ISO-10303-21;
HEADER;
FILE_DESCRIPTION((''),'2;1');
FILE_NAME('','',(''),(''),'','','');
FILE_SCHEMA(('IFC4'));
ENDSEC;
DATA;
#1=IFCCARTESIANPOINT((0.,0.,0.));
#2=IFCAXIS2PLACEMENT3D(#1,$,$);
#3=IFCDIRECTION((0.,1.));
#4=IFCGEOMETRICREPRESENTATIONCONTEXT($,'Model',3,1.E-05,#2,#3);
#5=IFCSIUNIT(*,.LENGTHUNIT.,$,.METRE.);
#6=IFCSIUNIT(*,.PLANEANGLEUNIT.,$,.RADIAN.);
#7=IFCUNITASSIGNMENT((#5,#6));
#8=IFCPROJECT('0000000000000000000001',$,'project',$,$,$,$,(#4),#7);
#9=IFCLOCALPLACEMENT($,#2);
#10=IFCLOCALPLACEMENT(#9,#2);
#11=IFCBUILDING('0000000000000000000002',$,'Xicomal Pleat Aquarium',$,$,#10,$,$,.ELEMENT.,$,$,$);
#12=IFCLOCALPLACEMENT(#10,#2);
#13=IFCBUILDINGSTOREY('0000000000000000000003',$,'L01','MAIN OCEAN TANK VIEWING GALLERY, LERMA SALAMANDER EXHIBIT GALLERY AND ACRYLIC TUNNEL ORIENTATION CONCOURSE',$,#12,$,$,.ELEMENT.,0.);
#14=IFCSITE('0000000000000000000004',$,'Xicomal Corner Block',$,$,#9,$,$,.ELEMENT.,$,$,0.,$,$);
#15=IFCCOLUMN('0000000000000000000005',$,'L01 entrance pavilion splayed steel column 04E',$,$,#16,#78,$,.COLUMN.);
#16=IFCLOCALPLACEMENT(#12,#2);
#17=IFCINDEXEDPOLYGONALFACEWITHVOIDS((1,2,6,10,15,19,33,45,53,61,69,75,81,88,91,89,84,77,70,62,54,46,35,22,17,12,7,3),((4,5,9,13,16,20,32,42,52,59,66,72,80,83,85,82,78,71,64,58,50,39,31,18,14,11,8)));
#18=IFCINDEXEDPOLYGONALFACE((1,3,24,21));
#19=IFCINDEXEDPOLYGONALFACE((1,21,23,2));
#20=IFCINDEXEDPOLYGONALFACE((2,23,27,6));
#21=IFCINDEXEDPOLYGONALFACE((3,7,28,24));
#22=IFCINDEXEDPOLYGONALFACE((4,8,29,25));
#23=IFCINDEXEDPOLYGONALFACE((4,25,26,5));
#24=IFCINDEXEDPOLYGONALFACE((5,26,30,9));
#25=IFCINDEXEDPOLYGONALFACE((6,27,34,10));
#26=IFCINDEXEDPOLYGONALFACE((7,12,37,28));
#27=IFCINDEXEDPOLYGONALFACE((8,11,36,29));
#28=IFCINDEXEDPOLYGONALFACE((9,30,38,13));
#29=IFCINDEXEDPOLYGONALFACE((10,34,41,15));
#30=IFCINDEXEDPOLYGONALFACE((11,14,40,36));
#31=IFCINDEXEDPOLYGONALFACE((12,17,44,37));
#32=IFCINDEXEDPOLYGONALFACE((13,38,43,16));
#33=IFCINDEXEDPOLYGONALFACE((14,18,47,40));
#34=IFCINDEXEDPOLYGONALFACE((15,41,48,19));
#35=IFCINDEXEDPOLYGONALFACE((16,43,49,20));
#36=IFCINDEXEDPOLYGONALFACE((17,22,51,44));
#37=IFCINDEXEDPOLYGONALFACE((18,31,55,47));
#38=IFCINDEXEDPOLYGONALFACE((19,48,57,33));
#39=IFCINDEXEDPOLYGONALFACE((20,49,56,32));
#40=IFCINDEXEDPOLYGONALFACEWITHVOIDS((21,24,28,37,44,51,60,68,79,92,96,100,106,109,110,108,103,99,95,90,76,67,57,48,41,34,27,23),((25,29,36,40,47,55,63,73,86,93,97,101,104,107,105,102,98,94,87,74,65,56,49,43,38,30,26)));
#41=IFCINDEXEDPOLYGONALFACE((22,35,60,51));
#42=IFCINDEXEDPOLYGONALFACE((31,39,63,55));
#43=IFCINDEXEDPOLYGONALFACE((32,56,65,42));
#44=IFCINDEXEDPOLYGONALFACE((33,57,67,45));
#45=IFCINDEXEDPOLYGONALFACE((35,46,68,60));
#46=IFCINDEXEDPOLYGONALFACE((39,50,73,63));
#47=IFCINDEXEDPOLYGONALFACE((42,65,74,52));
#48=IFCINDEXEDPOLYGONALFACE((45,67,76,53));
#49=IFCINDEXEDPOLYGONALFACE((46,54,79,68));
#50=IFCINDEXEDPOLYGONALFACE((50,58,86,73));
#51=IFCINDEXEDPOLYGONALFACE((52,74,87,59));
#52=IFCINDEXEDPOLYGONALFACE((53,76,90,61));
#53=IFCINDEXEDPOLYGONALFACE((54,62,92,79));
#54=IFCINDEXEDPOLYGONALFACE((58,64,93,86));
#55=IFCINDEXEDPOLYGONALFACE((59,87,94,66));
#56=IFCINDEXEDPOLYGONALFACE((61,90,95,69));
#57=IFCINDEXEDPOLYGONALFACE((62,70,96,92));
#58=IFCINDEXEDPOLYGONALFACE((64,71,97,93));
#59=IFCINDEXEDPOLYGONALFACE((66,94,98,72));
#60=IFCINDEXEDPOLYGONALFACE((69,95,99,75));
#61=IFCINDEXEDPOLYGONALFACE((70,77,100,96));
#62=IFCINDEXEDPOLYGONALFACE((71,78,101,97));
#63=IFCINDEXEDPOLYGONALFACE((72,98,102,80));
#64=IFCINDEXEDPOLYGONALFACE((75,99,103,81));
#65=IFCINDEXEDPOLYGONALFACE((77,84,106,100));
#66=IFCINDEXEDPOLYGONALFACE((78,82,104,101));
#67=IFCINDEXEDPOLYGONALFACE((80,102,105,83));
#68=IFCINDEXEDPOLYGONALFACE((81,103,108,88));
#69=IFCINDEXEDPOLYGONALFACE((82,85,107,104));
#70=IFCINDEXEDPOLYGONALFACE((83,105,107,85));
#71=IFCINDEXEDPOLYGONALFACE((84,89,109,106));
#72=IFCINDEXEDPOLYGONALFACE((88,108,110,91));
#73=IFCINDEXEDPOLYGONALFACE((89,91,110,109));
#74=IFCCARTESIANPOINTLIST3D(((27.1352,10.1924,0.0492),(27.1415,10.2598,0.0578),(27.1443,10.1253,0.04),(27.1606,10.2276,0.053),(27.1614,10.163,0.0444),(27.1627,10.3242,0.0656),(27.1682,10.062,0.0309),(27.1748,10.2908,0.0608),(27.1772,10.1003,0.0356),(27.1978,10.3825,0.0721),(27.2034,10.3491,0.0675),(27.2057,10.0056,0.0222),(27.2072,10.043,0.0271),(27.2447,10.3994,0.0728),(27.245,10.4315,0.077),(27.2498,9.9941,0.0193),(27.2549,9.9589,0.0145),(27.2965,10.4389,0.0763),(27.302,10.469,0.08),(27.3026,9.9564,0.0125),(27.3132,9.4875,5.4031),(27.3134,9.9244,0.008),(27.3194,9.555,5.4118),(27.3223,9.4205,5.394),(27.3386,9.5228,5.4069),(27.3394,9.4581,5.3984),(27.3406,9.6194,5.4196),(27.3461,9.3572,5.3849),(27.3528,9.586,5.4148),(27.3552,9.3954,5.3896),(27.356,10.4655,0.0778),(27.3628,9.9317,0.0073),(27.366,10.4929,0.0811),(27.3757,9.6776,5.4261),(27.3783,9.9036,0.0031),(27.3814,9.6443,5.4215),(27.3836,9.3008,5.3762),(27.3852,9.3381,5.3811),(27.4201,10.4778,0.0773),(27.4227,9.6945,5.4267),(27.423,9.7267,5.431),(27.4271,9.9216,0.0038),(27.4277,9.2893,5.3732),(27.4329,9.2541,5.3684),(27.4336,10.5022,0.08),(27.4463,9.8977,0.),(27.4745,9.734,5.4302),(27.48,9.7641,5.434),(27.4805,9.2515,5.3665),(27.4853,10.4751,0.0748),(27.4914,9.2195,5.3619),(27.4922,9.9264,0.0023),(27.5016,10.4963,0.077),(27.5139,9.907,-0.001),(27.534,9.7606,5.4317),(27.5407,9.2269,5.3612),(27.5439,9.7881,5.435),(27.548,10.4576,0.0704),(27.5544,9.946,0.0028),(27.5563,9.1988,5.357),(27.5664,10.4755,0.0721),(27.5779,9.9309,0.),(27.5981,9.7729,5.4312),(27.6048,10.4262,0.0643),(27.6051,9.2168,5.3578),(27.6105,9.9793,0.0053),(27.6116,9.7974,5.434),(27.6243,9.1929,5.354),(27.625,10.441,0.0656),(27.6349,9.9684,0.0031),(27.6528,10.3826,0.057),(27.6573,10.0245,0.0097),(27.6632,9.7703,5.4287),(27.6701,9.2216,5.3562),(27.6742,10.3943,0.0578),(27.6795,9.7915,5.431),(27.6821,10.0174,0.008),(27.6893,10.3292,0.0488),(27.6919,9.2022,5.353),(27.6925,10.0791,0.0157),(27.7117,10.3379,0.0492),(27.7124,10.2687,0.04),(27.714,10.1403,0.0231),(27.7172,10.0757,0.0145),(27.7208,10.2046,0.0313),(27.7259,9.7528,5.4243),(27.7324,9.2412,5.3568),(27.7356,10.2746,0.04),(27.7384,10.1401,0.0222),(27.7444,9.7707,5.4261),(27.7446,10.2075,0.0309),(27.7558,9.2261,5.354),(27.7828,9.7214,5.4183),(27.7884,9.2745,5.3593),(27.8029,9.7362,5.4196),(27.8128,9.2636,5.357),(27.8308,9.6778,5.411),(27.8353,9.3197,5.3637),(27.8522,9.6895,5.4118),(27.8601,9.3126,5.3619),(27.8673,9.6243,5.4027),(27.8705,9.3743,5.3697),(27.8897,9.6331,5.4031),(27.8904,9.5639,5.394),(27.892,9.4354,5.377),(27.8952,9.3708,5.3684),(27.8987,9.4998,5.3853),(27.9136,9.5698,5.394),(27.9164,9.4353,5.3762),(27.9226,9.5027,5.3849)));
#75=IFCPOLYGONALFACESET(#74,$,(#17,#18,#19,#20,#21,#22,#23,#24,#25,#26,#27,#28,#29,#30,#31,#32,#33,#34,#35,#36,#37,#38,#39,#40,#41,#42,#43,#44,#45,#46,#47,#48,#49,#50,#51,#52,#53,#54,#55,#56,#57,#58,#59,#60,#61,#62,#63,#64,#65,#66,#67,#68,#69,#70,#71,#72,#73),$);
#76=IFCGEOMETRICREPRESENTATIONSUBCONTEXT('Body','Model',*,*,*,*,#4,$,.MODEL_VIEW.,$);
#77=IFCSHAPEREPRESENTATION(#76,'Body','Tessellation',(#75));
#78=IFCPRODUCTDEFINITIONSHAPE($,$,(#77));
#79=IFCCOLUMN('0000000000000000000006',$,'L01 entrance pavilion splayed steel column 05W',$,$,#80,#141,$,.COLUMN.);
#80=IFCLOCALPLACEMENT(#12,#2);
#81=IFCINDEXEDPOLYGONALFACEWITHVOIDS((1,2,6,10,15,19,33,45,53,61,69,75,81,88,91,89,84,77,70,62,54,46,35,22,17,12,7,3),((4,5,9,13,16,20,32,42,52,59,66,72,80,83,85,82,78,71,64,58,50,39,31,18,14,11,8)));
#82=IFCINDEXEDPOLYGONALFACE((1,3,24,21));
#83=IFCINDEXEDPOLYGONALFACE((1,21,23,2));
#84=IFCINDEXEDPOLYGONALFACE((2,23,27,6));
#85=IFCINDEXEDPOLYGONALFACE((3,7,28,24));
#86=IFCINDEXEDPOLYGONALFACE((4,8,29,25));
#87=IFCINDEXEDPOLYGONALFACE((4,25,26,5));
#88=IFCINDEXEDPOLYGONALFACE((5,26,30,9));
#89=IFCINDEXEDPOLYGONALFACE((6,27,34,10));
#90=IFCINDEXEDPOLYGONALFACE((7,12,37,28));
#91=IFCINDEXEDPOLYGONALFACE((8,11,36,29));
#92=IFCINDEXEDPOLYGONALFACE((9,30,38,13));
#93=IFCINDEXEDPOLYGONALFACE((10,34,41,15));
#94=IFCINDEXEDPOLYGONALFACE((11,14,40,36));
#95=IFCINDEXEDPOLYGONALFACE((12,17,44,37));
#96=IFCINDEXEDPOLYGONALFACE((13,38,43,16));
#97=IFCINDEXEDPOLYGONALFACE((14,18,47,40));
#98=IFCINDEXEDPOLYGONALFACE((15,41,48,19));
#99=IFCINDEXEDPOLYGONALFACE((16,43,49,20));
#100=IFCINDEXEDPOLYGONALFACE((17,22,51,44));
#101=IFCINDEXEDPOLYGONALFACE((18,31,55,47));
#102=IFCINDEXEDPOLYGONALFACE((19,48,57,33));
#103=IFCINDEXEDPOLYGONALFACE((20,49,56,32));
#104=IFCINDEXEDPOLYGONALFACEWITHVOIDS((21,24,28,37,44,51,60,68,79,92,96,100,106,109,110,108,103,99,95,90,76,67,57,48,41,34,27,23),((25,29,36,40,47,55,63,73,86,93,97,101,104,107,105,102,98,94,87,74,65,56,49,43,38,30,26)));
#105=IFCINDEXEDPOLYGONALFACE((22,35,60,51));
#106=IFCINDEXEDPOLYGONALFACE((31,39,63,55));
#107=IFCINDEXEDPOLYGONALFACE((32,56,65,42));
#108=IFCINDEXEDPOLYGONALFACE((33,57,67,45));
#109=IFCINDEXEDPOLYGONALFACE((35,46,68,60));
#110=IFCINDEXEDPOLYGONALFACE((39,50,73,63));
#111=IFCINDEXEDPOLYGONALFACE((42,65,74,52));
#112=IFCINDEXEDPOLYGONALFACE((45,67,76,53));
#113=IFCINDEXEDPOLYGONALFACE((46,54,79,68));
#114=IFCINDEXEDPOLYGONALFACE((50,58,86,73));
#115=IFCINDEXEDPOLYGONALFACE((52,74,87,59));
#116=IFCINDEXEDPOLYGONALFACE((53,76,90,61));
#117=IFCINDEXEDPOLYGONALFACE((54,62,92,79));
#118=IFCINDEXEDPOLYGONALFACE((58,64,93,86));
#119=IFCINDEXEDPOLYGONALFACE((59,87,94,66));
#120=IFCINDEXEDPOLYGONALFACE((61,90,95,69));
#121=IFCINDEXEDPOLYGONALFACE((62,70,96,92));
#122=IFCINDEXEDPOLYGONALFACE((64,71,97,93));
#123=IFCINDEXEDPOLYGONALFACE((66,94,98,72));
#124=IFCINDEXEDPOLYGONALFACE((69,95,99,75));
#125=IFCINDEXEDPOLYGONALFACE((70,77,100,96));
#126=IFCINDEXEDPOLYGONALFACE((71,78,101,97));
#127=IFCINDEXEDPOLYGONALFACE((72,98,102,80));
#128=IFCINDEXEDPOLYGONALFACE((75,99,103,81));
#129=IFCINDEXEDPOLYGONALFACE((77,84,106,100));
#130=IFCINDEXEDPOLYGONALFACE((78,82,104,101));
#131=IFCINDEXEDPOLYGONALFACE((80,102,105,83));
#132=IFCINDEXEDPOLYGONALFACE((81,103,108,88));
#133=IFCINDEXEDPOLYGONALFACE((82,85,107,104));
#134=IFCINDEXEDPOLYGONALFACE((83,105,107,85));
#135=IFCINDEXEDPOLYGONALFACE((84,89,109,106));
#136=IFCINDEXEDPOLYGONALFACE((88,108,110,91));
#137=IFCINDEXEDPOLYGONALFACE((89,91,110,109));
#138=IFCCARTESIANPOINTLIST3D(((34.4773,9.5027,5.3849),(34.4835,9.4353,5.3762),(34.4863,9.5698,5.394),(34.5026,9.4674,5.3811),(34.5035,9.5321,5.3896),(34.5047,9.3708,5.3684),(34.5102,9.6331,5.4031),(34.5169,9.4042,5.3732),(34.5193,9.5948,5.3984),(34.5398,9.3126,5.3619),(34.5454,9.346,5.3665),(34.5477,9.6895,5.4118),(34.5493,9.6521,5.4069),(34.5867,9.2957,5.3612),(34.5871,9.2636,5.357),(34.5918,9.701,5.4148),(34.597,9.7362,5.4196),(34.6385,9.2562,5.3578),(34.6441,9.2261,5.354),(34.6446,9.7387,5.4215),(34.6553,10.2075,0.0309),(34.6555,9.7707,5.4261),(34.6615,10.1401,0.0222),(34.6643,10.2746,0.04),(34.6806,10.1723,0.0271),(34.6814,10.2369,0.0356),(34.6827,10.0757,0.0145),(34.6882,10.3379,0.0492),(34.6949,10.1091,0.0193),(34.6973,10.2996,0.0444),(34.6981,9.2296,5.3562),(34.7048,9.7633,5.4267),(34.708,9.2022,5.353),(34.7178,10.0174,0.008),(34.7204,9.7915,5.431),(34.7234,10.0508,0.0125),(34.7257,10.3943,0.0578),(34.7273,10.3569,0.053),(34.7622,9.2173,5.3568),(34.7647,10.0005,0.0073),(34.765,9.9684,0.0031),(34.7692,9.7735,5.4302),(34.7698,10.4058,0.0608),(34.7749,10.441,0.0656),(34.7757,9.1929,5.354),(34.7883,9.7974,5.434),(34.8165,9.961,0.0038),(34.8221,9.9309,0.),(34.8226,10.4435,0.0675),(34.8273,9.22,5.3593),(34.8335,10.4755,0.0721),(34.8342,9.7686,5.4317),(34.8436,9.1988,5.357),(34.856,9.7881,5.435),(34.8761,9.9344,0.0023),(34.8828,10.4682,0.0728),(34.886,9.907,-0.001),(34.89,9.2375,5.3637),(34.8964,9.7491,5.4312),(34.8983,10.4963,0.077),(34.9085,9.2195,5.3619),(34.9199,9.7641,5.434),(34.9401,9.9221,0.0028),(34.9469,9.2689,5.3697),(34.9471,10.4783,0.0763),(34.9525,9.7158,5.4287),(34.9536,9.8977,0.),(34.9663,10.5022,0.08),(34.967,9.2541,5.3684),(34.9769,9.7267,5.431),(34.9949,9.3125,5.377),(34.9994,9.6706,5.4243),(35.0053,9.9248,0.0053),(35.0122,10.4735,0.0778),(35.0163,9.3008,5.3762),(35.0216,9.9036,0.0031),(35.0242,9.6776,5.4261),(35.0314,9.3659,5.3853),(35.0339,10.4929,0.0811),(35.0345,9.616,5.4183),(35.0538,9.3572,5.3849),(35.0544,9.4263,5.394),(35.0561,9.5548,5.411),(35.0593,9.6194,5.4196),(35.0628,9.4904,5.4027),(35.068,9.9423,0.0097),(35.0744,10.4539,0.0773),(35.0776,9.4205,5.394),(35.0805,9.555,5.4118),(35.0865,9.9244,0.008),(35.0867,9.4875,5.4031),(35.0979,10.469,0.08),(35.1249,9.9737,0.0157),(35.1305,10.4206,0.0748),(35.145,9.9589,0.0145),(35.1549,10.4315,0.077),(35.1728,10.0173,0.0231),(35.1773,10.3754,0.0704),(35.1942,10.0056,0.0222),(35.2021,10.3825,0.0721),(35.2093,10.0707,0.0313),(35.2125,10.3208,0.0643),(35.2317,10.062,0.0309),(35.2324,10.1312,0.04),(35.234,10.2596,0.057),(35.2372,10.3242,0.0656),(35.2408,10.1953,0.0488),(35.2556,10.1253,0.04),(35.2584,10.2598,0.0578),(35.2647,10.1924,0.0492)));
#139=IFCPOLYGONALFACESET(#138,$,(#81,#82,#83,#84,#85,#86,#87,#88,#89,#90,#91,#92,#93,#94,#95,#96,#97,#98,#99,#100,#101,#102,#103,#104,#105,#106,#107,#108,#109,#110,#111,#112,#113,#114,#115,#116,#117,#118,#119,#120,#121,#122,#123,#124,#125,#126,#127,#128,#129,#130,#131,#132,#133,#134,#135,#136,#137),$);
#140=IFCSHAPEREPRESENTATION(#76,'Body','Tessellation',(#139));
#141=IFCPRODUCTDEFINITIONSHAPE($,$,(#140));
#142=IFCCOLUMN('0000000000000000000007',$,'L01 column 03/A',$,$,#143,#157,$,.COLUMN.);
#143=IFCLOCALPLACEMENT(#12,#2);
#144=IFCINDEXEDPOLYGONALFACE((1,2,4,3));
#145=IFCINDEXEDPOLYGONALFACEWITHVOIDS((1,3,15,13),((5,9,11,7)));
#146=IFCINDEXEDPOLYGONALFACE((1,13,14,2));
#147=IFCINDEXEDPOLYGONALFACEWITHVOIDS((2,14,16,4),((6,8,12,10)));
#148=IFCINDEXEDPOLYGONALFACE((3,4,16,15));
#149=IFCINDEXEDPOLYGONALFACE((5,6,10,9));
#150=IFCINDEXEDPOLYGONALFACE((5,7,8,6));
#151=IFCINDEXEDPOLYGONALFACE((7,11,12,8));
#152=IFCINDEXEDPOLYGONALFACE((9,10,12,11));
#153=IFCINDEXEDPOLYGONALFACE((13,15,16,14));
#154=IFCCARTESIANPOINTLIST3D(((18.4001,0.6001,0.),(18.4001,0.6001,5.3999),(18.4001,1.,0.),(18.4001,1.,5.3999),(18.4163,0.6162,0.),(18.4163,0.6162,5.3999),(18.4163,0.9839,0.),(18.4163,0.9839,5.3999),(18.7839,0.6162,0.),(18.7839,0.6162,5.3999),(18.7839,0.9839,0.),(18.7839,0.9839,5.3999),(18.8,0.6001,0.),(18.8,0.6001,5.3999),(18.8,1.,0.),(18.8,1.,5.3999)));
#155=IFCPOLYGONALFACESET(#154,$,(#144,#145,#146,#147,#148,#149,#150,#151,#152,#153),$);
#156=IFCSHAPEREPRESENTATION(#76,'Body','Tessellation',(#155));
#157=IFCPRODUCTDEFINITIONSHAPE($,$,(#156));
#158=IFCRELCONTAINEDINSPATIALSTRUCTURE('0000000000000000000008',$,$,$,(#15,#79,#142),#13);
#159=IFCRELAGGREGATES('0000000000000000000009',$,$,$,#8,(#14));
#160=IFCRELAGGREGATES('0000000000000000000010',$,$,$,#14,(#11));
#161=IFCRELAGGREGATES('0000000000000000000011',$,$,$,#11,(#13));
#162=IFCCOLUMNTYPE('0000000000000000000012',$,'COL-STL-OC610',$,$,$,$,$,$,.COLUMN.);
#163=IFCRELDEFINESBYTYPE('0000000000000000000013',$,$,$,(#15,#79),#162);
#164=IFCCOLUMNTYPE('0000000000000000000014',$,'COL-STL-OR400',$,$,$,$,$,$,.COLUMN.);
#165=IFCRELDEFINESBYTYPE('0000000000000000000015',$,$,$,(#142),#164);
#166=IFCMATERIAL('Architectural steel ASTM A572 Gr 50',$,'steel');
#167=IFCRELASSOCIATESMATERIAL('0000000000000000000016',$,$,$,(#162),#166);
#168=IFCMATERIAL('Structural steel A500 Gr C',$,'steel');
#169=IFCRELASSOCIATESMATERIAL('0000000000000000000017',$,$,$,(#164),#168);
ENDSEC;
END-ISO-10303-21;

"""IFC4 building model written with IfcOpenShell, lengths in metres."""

from ifc_helpers import new_model, si_unit, direction, frame, origin, origin_2d, place, context, subcontext, project, spatial, hollow_rectangle, hollow_circle, extrude, material, material_profile, profile_set, type_object, element, save


model = new_model("IFC4")

# Units and contexts
model_context = context("Model", 3, precision=1e-05, world=origin(), true_north=direction((0.0, 1.0)))
body_context = subcontext(model_context, "Body", "Model", "MODEL_VIEW")
ifc_project = project(units=[si_unit("LENGTHUNIT", "METRE"), si_unit("PLANEANGLEUNIT", "RADIAN")], contexts=[model_context])

# Site, building, storey
site_placement = place(None, origin())
site = spatial("IfcSite", under=ifc_project, at=site_placement, Name="Xicomal Corner Block", CompositionType="ELEMENT", RefElevation=0.0)
building_placement = place(site_placement, origin())
building = spatial("IfcBuilding", under=site, at=building_placement, Name="Xicomal Pleat Aquarium", CompositionType="ELEMENT")
storey_placement = place(building_placement, origin())
storey = spatial("IfcBuildingStorey", under=building, at=storey_placement, Name="L01", Description="MAIN OCEAN TANK VIEWING GALLERY, LERMA SALAMANDER EXHIBIT GALLERY AND ACRYLIC TUNNEL ORIENTATION CONCOURSE", CompositionType="ELEMENT", Elevation=0.0)

# Columns
ifc_material_1 = material(Name="Architectural steel ASTM A572 Gr 50", Category="steel")
ifc_material_profile_1 = material_profile(ifc_material_1, hollow_circle(Radius=0.3049, WallThickness=0.0239, at=origin_2d()), Name="OC 610x24")
ifc_profile_set_1 = profile_set([ifc_material_profile_1], Name="Architectural steel ASTM A572 Gr 50")
column_type_1 = type_object("IfcColumnType", Name="COL-STL-OC610", PredefinedType="COLUMN", material=ifc_profile_set_1)
for number, where, z_axis, x_axis, name in (
    (1, (27.4399, 10.2, 0.04), (0.03294, -0.130449, 0.990908), (0.969567, 0.244827, 0.0), "L01 entrance pavilion splayed steel column 04E"),
    (2, (34.96, 10.2, 0.04), (-0.03294, -0.130449, 0.990908), (0.969567, -0.244827, 0.0), "L01 entrance pavilion splayed steel column 05W"),
):
    element("IfcColumn", number, at=place(storey_placement, frame(where, z_axis=z_axis, x_axis=x_axis)), inside=storey, type_object=column_type_1, Name=name, PredefinedType="COLUMN", context=body_context, shape_type="SweptSolid", body=[
        extrude(hollow_circle(Radius=0.3049, WallThickness=0.0239, at=origin_2d()), origin(), (0.0, 0.0, 1.0), 5.4031),
    ])
ifc_material_2 = material(Name="Structural steel A500 Gr C", Category="steel")
ifc_material_profile_2 = material_profile(ifc_material_2, hollow_rectangle(XDim=0.3999, YDim=0.3999, WallThickness=0.0161, at=origin_2d()), Name="OR 400x400x16")
ifc_profile_set_2 = profile_set([ifc_material_profile_2], Name="Structural steel A500 Gr C")
column_type_2 = type_object("IfcColumnType", Name="COL-STL-OR400", PredefinedType="COLUMN", material=ifc_profile_set_2)
column_placement = place(storey_placement, frame((18.6001, 0.8, 0.0), z_axis=(0.0, 0.0, 1.0), x_axis=(1.0, 0.0, 0.0)))
element("IfcColumn", 3, at=column_placement, inside=storey, type_object=column_type_2, Name="L01 column 03/A", PredefinedType="COLUMN", context=body_context, shape_type="SweptSolid", body=[
    extrude(hollow_rectangle(XDim=0.3999, YDim=0.3999, WallThickness=0.0161, at=origin_2d()), origin(), (0.0, 0.0, 1.0), 5.3999),
])

save(model, "model.ifc")
